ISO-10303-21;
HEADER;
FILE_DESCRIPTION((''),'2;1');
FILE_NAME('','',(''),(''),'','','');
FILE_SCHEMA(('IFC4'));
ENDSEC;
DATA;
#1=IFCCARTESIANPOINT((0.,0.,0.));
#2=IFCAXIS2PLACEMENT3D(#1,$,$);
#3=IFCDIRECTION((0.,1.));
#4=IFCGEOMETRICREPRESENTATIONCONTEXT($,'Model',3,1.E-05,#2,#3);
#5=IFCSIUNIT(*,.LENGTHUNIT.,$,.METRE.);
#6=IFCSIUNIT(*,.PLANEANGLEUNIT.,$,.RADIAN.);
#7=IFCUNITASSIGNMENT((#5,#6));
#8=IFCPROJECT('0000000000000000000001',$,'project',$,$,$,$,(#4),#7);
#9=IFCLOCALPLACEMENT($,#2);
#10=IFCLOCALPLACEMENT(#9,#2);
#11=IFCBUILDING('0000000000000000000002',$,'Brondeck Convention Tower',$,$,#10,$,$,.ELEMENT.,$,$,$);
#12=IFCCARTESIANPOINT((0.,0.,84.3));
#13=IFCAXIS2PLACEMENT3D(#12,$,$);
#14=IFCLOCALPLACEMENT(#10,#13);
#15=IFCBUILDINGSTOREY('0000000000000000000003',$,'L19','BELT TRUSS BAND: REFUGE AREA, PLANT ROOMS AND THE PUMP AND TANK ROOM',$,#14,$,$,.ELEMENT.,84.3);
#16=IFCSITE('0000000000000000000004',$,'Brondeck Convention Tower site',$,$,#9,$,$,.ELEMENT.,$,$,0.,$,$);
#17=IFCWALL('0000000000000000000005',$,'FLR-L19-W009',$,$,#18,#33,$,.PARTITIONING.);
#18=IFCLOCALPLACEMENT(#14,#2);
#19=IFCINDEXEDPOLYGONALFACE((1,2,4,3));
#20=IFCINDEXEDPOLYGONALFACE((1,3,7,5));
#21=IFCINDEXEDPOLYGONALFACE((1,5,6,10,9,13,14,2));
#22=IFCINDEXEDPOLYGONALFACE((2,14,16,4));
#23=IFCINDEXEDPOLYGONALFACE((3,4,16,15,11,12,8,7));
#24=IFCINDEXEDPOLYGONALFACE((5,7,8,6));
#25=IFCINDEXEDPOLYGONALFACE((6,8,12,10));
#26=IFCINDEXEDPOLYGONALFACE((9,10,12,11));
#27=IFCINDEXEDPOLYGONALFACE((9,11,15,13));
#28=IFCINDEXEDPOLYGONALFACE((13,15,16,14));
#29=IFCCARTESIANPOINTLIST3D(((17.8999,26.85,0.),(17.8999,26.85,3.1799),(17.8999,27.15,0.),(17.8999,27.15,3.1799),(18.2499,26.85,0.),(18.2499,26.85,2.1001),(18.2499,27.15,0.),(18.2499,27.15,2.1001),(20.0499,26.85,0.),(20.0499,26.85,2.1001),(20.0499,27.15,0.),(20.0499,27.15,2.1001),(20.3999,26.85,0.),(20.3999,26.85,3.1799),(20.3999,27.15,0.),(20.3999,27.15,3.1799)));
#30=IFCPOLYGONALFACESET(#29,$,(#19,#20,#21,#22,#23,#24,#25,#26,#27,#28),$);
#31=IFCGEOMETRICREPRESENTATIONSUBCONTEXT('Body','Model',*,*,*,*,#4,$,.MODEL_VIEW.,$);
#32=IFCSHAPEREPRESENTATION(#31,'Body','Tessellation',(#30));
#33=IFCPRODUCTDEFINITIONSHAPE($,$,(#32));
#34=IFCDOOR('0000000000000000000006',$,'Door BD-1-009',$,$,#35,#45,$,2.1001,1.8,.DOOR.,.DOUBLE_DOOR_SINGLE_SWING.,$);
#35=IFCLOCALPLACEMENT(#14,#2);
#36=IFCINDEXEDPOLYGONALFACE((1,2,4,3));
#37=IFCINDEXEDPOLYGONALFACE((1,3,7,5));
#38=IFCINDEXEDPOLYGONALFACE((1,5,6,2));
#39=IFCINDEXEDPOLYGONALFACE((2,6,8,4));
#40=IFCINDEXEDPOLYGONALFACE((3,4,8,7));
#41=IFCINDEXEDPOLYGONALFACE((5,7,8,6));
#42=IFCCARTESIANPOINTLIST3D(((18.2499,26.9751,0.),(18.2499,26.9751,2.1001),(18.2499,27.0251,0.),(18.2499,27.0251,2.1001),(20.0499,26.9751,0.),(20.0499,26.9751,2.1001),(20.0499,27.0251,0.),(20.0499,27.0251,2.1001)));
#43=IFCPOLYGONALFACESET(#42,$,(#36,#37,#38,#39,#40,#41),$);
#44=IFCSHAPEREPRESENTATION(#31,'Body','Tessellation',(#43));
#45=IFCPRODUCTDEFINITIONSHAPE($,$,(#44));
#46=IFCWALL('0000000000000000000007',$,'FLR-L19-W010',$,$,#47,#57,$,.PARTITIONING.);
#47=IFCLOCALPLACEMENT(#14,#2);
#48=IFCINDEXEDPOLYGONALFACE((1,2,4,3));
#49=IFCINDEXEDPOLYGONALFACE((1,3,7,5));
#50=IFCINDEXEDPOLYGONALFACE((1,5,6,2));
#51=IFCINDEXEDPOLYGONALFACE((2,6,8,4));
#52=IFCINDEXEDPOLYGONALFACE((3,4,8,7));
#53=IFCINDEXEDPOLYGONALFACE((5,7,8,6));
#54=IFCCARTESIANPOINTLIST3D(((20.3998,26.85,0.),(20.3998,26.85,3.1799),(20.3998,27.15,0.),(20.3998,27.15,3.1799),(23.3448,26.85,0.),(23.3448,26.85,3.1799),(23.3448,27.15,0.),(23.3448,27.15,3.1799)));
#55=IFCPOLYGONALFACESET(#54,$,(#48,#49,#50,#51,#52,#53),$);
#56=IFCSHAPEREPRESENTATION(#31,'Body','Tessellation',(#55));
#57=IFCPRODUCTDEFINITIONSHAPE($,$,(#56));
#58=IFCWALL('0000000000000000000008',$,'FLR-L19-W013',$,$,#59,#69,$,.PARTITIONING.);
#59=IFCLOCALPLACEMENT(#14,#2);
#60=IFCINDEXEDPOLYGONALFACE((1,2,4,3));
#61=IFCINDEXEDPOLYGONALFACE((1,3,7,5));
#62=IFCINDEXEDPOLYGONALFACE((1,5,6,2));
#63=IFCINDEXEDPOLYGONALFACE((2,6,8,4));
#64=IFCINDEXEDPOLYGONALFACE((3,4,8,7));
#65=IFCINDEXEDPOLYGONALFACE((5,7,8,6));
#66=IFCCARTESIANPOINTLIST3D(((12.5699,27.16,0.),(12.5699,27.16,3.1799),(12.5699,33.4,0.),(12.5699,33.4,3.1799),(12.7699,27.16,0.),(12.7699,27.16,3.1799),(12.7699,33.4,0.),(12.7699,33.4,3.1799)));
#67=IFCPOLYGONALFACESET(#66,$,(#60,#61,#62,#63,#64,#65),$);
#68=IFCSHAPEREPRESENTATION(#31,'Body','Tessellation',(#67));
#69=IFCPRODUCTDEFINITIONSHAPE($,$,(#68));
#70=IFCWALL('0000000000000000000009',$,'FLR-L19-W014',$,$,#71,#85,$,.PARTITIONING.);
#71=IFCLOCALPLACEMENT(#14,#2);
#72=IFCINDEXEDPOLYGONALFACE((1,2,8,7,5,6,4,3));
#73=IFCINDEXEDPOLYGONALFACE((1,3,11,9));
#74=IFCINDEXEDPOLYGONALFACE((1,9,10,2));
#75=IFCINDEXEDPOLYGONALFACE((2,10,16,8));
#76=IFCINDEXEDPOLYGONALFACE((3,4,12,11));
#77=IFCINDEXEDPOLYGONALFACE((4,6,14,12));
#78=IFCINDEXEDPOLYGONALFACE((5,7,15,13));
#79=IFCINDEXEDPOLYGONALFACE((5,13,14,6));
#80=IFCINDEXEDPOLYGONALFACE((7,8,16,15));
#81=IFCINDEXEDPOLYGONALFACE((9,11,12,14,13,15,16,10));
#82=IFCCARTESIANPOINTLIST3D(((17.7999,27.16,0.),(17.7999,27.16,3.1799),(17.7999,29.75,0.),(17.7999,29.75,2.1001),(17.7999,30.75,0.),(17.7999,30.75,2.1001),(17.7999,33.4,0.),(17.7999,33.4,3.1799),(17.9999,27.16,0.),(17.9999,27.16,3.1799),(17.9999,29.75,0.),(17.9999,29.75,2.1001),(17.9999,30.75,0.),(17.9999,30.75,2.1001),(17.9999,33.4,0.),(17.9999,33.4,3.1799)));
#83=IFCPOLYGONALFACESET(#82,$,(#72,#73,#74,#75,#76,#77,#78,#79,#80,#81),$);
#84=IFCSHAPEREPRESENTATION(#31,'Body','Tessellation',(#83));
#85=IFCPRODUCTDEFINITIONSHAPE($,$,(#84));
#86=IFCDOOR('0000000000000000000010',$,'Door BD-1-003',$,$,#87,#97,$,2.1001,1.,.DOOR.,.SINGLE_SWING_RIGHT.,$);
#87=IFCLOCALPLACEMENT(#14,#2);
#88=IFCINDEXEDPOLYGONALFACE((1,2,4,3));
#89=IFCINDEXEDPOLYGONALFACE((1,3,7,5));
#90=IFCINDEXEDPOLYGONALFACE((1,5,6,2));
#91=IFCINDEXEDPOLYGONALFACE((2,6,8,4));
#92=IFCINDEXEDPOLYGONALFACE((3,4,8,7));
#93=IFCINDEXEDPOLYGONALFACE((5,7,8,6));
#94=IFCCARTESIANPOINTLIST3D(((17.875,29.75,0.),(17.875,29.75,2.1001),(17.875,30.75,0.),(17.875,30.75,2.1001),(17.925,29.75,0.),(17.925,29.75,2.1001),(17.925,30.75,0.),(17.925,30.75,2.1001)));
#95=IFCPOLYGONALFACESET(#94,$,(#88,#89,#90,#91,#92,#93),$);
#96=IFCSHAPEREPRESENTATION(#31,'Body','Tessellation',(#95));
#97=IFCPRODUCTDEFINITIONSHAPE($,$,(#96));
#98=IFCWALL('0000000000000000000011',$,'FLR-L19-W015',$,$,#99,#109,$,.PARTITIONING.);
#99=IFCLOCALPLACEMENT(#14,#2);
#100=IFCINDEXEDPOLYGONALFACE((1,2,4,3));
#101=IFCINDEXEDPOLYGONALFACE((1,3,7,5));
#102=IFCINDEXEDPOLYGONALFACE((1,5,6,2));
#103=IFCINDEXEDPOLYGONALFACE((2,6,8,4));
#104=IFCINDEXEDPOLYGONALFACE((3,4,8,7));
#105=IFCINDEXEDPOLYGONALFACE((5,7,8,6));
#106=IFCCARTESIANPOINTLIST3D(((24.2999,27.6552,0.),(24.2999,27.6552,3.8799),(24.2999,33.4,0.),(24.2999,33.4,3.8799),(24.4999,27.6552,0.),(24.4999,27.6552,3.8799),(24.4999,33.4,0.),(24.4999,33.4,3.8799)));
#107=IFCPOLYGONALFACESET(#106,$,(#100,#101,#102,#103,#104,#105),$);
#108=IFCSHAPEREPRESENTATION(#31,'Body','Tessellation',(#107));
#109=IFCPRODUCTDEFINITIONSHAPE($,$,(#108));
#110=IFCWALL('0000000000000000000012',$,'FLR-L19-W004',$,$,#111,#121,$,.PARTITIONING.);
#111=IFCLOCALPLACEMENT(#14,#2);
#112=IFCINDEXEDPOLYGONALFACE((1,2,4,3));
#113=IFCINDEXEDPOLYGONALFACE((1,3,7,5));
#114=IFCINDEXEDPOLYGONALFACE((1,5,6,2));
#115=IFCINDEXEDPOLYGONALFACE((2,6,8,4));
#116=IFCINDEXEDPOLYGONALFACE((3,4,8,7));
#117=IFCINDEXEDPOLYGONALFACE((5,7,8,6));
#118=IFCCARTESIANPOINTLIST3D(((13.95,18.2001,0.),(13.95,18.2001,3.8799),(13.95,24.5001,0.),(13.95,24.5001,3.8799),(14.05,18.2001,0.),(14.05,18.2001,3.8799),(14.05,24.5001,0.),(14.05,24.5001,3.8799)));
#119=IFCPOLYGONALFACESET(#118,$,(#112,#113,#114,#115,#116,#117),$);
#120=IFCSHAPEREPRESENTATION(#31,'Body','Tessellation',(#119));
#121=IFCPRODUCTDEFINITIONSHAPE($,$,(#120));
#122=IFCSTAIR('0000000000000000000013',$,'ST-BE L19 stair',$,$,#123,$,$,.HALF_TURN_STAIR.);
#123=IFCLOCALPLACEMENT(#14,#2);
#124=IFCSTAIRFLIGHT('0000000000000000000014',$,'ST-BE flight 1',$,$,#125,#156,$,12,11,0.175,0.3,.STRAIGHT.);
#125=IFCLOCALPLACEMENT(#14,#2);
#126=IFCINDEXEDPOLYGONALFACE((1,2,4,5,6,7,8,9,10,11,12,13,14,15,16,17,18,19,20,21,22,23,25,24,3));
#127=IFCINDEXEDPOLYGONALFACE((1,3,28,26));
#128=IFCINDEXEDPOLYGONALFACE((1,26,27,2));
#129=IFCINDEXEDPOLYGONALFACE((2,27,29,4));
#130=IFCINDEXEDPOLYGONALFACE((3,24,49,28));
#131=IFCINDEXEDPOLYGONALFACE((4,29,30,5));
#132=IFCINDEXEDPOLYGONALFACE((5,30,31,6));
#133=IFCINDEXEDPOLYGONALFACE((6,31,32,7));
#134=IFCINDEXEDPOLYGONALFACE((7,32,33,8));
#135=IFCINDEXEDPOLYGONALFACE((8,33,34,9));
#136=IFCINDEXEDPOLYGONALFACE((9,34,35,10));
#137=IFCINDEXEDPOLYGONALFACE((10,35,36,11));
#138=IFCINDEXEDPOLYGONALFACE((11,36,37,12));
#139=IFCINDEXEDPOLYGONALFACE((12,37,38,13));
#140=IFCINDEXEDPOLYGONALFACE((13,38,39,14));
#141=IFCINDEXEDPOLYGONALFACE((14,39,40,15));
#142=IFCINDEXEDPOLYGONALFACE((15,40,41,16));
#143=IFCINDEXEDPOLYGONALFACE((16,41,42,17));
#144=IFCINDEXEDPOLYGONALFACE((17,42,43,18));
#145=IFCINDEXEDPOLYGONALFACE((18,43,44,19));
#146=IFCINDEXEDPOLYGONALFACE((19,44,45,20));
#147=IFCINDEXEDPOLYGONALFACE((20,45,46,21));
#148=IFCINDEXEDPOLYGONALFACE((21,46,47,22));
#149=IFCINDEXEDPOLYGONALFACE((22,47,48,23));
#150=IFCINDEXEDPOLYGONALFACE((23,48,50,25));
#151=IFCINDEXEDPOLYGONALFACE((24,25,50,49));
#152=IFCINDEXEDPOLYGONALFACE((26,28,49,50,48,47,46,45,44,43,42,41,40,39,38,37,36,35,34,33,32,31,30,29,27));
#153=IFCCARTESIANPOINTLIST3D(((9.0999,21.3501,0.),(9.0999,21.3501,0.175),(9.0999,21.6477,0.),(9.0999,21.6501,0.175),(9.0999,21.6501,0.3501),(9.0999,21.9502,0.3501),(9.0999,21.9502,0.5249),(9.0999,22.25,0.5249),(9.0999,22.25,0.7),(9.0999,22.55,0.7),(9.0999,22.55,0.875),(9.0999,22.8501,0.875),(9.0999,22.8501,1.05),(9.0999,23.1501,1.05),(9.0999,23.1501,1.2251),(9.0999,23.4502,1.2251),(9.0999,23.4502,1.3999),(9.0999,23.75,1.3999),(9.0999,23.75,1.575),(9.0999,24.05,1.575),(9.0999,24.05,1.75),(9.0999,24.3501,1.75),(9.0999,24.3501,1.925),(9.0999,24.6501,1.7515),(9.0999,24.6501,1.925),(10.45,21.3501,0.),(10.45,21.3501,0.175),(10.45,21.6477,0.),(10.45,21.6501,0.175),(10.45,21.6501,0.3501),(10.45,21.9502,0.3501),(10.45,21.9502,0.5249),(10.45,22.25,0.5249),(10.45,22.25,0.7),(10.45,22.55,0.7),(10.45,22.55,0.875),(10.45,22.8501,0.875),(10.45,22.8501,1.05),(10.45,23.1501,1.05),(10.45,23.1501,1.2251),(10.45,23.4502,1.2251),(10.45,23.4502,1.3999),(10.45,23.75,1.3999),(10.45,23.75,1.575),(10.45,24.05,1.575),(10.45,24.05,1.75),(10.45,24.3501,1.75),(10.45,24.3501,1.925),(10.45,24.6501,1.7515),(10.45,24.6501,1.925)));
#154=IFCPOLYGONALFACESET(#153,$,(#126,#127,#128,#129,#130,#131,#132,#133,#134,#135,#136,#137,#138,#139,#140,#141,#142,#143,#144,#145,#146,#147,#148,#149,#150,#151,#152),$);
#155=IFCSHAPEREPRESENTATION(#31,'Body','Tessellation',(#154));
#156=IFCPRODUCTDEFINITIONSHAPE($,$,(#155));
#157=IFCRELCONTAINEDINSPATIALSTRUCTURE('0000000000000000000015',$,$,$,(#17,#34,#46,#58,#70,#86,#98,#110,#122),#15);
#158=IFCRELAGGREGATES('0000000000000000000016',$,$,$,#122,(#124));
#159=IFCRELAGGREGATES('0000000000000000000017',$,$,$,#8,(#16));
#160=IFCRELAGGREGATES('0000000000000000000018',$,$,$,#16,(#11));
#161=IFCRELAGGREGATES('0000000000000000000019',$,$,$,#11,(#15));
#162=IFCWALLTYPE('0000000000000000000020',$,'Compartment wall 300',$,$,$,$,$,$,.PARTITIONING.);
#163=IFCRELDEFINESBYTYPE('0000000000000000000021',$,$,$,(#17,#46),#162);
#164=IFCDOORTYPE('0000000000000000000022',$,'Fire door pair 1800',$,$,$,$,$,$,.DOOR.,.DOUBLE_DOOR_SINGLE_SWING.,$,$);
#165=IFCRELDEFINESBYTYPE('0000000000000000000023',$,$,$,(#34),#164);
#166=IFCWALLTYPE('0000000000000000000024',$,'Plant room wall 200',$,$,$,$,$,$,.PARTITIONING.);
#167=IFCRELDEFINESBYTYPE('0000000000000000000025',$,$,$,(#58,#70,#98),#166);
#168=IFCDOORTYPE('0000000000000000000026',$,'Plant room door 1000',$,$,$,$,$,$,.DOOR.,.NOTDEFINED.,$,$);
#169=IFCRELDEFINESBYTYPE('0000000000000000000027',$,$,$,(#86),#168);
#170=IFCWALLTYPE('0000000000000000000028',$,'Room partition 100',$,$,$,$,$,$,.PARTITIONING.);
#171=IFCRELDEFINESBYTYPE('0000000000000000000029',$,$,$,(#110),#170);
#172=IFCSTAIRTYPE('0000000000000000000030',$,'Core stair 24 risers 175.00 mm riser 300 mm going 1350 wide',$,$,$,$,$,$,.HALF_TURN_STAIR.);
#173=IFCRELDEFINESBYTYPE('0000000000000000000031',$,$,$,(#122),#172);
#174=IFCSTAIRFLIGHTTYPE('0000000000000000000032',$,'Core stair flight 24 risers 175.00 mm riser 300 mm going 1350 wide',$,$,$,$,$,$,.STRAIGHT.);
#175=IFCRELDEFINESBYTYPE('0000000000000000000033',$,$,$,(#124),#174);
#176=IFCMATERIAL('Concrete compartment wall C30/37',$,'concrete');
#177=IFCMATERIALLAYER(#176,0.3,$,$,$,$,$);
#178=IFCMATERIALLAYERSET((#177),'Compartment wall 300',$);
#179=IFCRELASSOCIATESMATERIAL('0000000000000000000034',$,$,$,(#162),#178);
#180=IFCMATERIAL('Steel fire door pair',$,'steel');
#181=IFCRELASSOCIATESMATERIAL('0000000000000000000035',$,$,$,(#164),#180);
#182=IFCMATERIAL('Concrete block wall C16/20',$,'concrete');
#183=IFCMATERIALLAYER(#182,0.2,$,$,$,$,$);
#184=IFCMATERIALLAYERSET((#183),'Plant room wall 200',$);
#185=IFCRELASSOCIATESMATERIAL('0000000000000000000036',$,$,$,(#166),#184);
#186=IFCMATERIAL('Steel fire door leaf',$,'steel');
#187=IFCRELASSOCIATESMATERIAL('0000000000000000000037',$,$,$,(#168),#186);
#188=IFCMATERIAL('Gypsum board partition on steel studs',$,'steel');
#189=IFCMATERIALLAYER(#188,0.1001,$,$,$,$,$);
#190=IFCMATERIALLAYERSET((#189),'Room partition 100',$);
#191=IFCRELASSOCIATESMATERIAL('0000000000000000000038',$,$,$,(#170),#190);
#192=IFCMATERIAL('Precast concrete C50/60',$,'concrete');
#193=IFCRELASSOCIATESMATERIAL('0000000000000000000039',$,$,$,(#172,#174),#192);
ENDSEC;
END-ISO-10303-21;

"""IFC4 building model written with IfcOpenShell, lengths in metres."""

from ifc_helpers import new_model, si_unit, direction, frame, frame_2d, origin, place, context, subcontext, project, spatial, polyline, rectangle, outline, extrude, material, layer, layer_set, type_object, element, fill, aggregate, save


model = new_model("IFC4")

# Units and contexts
model_context = context("Model", 3, precision=1e-05, world=origin(), true_north=direction((0.0, 1.0)))
body_context = subcontext(model_context, "Body", "Model", "MODEL_VIEW")
ifc_project = project(units=[si_unit("LENGTHUNIT", "METRE"), si_unit("PLANEANGLEUNIT", "RADIAN")], contexts=[model_context])

# Site, building, storey
site_placement = place(None, origin())
site = spatial("IfcSite", under=ifc_project, at=site_placement, Name="Brondeck Convention Tower site", CompositionType="ELEMENT", RefElevation=0.0)
building_placement = place(site_placement, origin())
building = spatial("IfcBuilding", under=site, at=building_placement, Name="Brondeck Convention Tower", CompositionType="ELEMENT")
storey_placement = place(building_placement, frame((0.0, 0.0, 84.3)))
storey = spatial("IfcBuildingStorey", under=building, at=storey_placement, Name="L19", Description="BELT TRUSS BAND: REFUGE AREA, PLANT ROOMS AND THE PUMP AND TANK ROOM", CompositionType="ELEMENT", Elevation=84.3)

# Shared definitions
ifc_material_1 = material(Name="Concrete compartment wall C30/37", Category="concrete")
ifc_layer_1 = layer(ifc_material_1, 0.3)
ifc_layer_set_1 = layer_set([ifc_layer_1], Name="Compartment wall 300")
wall_type_1 = type_object("IfcWallType", Name="Compartment wall 300", PredefinedType="PARTITIONING", material=ifc_layer_set_1)

# Wall, opening, door
wall_1_placement = place(storey_placement, frame((20.3999, 27.0, 0.0), z_axis=(0.0, 0.0, 1.0), x_axis=(-1.0, 0.0, 0.0)))
wall_1 = element("IfcWall", 1, at=wall_1_placement, inside=storey, type_object=wall_type_1, Name="FLR-L19-W009", PredefinedType="PARTITIONING", context=body_context, shape_type="SweptSolid", body=[
    extrude(rectangle(XDim=2.5, YDim=0.3, at=frame_2d((1.25, 0.0))), origin(), (0.0, 0.0, 1.0), 3.1799),
])
opening_1_placement = place(wall_1_placement, frame((0.3501, 0.0, 0.0)))
opening_1 = element("IfcOpeningElement", 2, at=opening_1_placement, cuts=wall_1, PredefinedType="OPENING", context=body_context, shape_type="SweptSolid", body=[
    extrude(rectangle(XDim=1.8, YDim=2.1001, at=frame_2d((0.8999, 1.05))), frame((0.0, 0.1599, 0.0), z_axis=(0.0, -1.0, 0.0), x_axis=(1.0, 0.0, 0.0)), (0.0, 0.0, 1.0), 0.3201),
])
ifc_material_2 = material(Name="Steel fire door pair", Category="steel")
door_type_1 = type_object("IfcDoorType", Name="Fire door pair 1800", OperationType="DOUBLE_DOOR_SINGLE_SWING", PredefinedType="DOOR", material=ifc_material_2)
door_1_placement = place(opening_1_placement, origin())
door_1 = element("IfcDoor", 3, at=door_1_placement, inside=storey, type_object=door_type_1, Name="Door BD-1-009", OperationType="DOUBLE_DOOR_SINGLE_SWING", OverallHeight=2.1001, OverallWidth=1.8, PredefinedType="DOOR", context=body_context, shape_type="SweptSolid", body=[
    extrude(rectangle(XDim=1.8, YDim=2.1001, at=frame_2d((0.8999, 1.05))), frame((0.0, 0.0249, 0.0), z_axis=(0.0, -1.0, 0.0), x_axis=(1.0, 0.0, 0.0)), (0.0, 0.0, 1.0), 0.05),
])
fill(opening_1, door_1)

# Walls
wall_2_placement = place(storey_placement, frame((23.345, 27.0, 0.0), z_axis=(0.0, 0.0, 1.0), x_axis=(-1.0, 0.0, 0.0)))
element("IfcWall", 4, at=wall_2_placement, inside=storey, type_object=wall_type_1, Name="FLR-L19-W010", PredefinedType="PARTITIONING", context=body_context, shape_type="SweptSolid", body=[
    extrude(rectangle(XDim=2.9451, YDim=0.3, at=frame_2d((1.4727, 0.0))), origin(), (0.0, 0.0, 1.0), 3.1799),
])
ifc_material_3 = material(Name="Concrete block wall C16/20", Category="concrete")
ifc_layer_2 = layer(ifc_material_3, 0.2)
ifc_layer_set_2 = layer_set([ifc_layer_2], Name="Plant room wall 200")
wall_type_2 = type_object("IfcWallType", Name="Plant room wall 200", PredefinedType="PARTITIONING", material=ifc_layer_set_2)
wall_3_placement = place(storey_placement, frame((12.6699, 27.1599, 0.0), z_axis=(0.0, 0.0, 1.0), x_axis=(0.0, 1.0, 0.0)))
element("IfcWall", 5, at=wall_3_placement, inside=storey, type_object=wall_type_2, Name="FLR-L19-W013", PredefinedType="PARTITIONING", context=body_context, shape_type="SweptSolid", body=[
    extrude(rectangle(XDim=6.24, YDim=0.2, at=frame_2d((3.1201, 0.0))), origin(), (0.0, 0.0, 1.0), 3.1799),
])

# Wall, opening, door
wall_4_placement = place(storey_placement, frame((17.8999, 27.1599, 0.0), z_axis=(0.0, 0.0, 1.0), x_axis=(0.0, 1.0, 0.0)))
wall_4 = element("IfcWall", 6, at=wall_4_placement, inside=storey, type_object=wall_type_2, Name="FLR-L19-W014", PredefinedType="PARTITIONING", context=body_context, shape_type="SweptSolid", body=[
    extrude(rectangle(XDim=6.24, YDim=0.2, at=frame_2d((3.1201, 0.0))), origin(), (0.0, 0.0, 1.0), 3.1799),
])
opening_2_placement = place(wall_4_placement, frame((2.5901, 0.0, 0.0)))
opening_2 = element("IfcOpeningElement", 7, at=opening_2_placement, cuts=wall_4, PredefinedType="OPENING", context=body_context, shape_type="SweptSolid", body=[
    extrude(rectangle(XDim=1.0, YDim=2.1001, at=frame_2d((0.5, 1.05))), frame((0.0, 0.1099, 0.0), z_axis=(0.0, -1.0, 0.0), x_axis=(1.0, 0.0, 0.0)), (0.0, 0.0, 1.0), 0.22),
])
ifc_material_4 = material(Name="Steel fire door leaf", Category="steel")
door_type_2 = type_object("IfcDoorType", Name="Plant room door 1000", OperationType="NOTDEFINED", PredefinedType="DOOR", material=ifc_material_4)
door_2_placement = place(opening_2_placement, origin())
door_2 = element("IfcDoor", 8, at=door_2_placement, inside=storey, type_object=door_type_2, Name="Door BD-1-003", OperationType="SINGLE_SWING_RIGHT", OverallHeight=2.1001, OverallWidth=1.0, PredefinedType="DOOR", context=body_context, shape_type="SweptSolid", body=[
    extrude(rectangle(XDim=1.0, YDim=2.1001, at=frame_2d((0.5, 1.05))), frame((0.0, 0.0249, 0.0), z_axis=(0.0, -1.0, 0.0), x_axis=(1.0, 0.0, 0.0)), (0.0, 0.0, 1.0), 0.05),
])
fill(opening_2, door_2)

# Walls
wall_5_placement = place(storey_placement, frame((24.3999, 27.655, 0.0), z_axis=(0.0, 0.0, 1.0), x_axis=(0.0, 1.0, 0.0)))
element("IfcWall", 9, at=wall_5_placement, inside=storey, type_object=wall_type_2, Name="FLR-L19-W015", PredefinedType="PARTITIONING", context=body_context, shape_type="SweptSolid", body=[
    extrude(rectangle(XDim=5.7449, YDim=0.2, at=frame_2d((2.8726, 0.0))), origin(), (0.0, 0.0, 1.0), 3.8799),
])
ifc_material_5 = material(Name="Gypsum board partition on steel studs", Category="steel")
ifc_layer_3 = layer(ifc_material_5, 0.1001)
ifc_layer_set_3 = layer_set([ifc_layer_3], Name="Room partition 100")
wall_type_3 = type_object("IfcWallType", Name="Room partition 100", PredefinedType="PARTITIONING", material=ifc_layer_set_3)
wall_6_placement = place(storey_placement, frame((14.0, 24.5, 0.0), z_axis=(0.0, 0.0, 1.0), x_axis=(0.0, -1.0, 0.0)))
element("IfcWall", 10, at=wall_6_placement, inside=storey, type_object=wall_type_3, Name="FLR-L19-W004", PredefinedType="PARTITIONING", context=body_context, shape_type="SweptSolid", body=[
    extrude(rectangle(XDim=6.3, YDim=0.1001, at=frame_2d((3.1499, 0.0))), origin(), (0.0, 0.0, 1.0), 3.8799),
])

# Stair, stair flight
ifc_material_6 = material(Name="Precast concrete C50/60", Category="concrete")
stair_type = type_object("IfcStairType", Name="Core stair 24 risers 175.00 mm riser 300 mm going 1350 wide", PredefinedType="HALF_TURN_STAIR", material=ifc_material_6)
stair_placement = place(storey_placement, origin())
stair = element("IfcStair", 11, at=stair_placement, inside=storey, type_object=stair_type, Name="ST-BE L19 stair", PredefinedType="HALF_TURN_STAIR")
stair_flight_type = type_object("IfcStairFlightType", Name="Core stair flight 24 risers 175.00 mm riser 300 mm going 1350 wide", PredefinedType="STRAIGHT", material=ifc_material_6)
stair_flight_placement = place(storey_placement, frame((9.7749, 21.3501, 0.0), z_axis=(0.0, 0.0, 1.0), x_axis=(0.0, 1.0, 0.0)))
stair_flight = element("IfcStairFlight", 12, at=stair_flight_placement, type_object=stair_flight_type, Name="ST-BE flight 1", NumberOfRisers=12, NumberOfTreads=11, PredefinedType="STRAIGHT", RiserHeight=0.175, TreadLength=0.3, context=body_context, shape_type="SweptSolid", body=[
    extrude(outline(polyline([(0.0, 0.0), (0.0, 0.175), (0.3, 0.175), (0.3, 0.3501), (0.6001, 0.3501), (0.6001, 0.5249), (0.8999, 0.5249), (0.8999, 0.7), (1.2, 0.7), (1.2, 0.875), (1.5, 0.875), (1.5, 1.05), (1.8, 1.05), (1.8, 1.2251), (2.1001, 1.2251), (2.1001, 1.3999), (2.3999, 1.3999), (2.3999, 1.575), (2.7, 1.575), (2.7, 1.75), (3.0, 1.75), (3.0, 1.925), (3.3, 1.925), (3.3, 2.1001), (3.3, 1.7515), (0.2976, 0.0), (0.0, 0.0)])), frame((0.0, 0.675, 0.0), z_axis=(0.0, -1.0, 0.0), x_axis=(1.0, 0.0, 0.0)), (0.0, 0.0, 1.0), 1.3501),
])
aggregate(stair, [stair_flight])

save(model, "model.ifc")
